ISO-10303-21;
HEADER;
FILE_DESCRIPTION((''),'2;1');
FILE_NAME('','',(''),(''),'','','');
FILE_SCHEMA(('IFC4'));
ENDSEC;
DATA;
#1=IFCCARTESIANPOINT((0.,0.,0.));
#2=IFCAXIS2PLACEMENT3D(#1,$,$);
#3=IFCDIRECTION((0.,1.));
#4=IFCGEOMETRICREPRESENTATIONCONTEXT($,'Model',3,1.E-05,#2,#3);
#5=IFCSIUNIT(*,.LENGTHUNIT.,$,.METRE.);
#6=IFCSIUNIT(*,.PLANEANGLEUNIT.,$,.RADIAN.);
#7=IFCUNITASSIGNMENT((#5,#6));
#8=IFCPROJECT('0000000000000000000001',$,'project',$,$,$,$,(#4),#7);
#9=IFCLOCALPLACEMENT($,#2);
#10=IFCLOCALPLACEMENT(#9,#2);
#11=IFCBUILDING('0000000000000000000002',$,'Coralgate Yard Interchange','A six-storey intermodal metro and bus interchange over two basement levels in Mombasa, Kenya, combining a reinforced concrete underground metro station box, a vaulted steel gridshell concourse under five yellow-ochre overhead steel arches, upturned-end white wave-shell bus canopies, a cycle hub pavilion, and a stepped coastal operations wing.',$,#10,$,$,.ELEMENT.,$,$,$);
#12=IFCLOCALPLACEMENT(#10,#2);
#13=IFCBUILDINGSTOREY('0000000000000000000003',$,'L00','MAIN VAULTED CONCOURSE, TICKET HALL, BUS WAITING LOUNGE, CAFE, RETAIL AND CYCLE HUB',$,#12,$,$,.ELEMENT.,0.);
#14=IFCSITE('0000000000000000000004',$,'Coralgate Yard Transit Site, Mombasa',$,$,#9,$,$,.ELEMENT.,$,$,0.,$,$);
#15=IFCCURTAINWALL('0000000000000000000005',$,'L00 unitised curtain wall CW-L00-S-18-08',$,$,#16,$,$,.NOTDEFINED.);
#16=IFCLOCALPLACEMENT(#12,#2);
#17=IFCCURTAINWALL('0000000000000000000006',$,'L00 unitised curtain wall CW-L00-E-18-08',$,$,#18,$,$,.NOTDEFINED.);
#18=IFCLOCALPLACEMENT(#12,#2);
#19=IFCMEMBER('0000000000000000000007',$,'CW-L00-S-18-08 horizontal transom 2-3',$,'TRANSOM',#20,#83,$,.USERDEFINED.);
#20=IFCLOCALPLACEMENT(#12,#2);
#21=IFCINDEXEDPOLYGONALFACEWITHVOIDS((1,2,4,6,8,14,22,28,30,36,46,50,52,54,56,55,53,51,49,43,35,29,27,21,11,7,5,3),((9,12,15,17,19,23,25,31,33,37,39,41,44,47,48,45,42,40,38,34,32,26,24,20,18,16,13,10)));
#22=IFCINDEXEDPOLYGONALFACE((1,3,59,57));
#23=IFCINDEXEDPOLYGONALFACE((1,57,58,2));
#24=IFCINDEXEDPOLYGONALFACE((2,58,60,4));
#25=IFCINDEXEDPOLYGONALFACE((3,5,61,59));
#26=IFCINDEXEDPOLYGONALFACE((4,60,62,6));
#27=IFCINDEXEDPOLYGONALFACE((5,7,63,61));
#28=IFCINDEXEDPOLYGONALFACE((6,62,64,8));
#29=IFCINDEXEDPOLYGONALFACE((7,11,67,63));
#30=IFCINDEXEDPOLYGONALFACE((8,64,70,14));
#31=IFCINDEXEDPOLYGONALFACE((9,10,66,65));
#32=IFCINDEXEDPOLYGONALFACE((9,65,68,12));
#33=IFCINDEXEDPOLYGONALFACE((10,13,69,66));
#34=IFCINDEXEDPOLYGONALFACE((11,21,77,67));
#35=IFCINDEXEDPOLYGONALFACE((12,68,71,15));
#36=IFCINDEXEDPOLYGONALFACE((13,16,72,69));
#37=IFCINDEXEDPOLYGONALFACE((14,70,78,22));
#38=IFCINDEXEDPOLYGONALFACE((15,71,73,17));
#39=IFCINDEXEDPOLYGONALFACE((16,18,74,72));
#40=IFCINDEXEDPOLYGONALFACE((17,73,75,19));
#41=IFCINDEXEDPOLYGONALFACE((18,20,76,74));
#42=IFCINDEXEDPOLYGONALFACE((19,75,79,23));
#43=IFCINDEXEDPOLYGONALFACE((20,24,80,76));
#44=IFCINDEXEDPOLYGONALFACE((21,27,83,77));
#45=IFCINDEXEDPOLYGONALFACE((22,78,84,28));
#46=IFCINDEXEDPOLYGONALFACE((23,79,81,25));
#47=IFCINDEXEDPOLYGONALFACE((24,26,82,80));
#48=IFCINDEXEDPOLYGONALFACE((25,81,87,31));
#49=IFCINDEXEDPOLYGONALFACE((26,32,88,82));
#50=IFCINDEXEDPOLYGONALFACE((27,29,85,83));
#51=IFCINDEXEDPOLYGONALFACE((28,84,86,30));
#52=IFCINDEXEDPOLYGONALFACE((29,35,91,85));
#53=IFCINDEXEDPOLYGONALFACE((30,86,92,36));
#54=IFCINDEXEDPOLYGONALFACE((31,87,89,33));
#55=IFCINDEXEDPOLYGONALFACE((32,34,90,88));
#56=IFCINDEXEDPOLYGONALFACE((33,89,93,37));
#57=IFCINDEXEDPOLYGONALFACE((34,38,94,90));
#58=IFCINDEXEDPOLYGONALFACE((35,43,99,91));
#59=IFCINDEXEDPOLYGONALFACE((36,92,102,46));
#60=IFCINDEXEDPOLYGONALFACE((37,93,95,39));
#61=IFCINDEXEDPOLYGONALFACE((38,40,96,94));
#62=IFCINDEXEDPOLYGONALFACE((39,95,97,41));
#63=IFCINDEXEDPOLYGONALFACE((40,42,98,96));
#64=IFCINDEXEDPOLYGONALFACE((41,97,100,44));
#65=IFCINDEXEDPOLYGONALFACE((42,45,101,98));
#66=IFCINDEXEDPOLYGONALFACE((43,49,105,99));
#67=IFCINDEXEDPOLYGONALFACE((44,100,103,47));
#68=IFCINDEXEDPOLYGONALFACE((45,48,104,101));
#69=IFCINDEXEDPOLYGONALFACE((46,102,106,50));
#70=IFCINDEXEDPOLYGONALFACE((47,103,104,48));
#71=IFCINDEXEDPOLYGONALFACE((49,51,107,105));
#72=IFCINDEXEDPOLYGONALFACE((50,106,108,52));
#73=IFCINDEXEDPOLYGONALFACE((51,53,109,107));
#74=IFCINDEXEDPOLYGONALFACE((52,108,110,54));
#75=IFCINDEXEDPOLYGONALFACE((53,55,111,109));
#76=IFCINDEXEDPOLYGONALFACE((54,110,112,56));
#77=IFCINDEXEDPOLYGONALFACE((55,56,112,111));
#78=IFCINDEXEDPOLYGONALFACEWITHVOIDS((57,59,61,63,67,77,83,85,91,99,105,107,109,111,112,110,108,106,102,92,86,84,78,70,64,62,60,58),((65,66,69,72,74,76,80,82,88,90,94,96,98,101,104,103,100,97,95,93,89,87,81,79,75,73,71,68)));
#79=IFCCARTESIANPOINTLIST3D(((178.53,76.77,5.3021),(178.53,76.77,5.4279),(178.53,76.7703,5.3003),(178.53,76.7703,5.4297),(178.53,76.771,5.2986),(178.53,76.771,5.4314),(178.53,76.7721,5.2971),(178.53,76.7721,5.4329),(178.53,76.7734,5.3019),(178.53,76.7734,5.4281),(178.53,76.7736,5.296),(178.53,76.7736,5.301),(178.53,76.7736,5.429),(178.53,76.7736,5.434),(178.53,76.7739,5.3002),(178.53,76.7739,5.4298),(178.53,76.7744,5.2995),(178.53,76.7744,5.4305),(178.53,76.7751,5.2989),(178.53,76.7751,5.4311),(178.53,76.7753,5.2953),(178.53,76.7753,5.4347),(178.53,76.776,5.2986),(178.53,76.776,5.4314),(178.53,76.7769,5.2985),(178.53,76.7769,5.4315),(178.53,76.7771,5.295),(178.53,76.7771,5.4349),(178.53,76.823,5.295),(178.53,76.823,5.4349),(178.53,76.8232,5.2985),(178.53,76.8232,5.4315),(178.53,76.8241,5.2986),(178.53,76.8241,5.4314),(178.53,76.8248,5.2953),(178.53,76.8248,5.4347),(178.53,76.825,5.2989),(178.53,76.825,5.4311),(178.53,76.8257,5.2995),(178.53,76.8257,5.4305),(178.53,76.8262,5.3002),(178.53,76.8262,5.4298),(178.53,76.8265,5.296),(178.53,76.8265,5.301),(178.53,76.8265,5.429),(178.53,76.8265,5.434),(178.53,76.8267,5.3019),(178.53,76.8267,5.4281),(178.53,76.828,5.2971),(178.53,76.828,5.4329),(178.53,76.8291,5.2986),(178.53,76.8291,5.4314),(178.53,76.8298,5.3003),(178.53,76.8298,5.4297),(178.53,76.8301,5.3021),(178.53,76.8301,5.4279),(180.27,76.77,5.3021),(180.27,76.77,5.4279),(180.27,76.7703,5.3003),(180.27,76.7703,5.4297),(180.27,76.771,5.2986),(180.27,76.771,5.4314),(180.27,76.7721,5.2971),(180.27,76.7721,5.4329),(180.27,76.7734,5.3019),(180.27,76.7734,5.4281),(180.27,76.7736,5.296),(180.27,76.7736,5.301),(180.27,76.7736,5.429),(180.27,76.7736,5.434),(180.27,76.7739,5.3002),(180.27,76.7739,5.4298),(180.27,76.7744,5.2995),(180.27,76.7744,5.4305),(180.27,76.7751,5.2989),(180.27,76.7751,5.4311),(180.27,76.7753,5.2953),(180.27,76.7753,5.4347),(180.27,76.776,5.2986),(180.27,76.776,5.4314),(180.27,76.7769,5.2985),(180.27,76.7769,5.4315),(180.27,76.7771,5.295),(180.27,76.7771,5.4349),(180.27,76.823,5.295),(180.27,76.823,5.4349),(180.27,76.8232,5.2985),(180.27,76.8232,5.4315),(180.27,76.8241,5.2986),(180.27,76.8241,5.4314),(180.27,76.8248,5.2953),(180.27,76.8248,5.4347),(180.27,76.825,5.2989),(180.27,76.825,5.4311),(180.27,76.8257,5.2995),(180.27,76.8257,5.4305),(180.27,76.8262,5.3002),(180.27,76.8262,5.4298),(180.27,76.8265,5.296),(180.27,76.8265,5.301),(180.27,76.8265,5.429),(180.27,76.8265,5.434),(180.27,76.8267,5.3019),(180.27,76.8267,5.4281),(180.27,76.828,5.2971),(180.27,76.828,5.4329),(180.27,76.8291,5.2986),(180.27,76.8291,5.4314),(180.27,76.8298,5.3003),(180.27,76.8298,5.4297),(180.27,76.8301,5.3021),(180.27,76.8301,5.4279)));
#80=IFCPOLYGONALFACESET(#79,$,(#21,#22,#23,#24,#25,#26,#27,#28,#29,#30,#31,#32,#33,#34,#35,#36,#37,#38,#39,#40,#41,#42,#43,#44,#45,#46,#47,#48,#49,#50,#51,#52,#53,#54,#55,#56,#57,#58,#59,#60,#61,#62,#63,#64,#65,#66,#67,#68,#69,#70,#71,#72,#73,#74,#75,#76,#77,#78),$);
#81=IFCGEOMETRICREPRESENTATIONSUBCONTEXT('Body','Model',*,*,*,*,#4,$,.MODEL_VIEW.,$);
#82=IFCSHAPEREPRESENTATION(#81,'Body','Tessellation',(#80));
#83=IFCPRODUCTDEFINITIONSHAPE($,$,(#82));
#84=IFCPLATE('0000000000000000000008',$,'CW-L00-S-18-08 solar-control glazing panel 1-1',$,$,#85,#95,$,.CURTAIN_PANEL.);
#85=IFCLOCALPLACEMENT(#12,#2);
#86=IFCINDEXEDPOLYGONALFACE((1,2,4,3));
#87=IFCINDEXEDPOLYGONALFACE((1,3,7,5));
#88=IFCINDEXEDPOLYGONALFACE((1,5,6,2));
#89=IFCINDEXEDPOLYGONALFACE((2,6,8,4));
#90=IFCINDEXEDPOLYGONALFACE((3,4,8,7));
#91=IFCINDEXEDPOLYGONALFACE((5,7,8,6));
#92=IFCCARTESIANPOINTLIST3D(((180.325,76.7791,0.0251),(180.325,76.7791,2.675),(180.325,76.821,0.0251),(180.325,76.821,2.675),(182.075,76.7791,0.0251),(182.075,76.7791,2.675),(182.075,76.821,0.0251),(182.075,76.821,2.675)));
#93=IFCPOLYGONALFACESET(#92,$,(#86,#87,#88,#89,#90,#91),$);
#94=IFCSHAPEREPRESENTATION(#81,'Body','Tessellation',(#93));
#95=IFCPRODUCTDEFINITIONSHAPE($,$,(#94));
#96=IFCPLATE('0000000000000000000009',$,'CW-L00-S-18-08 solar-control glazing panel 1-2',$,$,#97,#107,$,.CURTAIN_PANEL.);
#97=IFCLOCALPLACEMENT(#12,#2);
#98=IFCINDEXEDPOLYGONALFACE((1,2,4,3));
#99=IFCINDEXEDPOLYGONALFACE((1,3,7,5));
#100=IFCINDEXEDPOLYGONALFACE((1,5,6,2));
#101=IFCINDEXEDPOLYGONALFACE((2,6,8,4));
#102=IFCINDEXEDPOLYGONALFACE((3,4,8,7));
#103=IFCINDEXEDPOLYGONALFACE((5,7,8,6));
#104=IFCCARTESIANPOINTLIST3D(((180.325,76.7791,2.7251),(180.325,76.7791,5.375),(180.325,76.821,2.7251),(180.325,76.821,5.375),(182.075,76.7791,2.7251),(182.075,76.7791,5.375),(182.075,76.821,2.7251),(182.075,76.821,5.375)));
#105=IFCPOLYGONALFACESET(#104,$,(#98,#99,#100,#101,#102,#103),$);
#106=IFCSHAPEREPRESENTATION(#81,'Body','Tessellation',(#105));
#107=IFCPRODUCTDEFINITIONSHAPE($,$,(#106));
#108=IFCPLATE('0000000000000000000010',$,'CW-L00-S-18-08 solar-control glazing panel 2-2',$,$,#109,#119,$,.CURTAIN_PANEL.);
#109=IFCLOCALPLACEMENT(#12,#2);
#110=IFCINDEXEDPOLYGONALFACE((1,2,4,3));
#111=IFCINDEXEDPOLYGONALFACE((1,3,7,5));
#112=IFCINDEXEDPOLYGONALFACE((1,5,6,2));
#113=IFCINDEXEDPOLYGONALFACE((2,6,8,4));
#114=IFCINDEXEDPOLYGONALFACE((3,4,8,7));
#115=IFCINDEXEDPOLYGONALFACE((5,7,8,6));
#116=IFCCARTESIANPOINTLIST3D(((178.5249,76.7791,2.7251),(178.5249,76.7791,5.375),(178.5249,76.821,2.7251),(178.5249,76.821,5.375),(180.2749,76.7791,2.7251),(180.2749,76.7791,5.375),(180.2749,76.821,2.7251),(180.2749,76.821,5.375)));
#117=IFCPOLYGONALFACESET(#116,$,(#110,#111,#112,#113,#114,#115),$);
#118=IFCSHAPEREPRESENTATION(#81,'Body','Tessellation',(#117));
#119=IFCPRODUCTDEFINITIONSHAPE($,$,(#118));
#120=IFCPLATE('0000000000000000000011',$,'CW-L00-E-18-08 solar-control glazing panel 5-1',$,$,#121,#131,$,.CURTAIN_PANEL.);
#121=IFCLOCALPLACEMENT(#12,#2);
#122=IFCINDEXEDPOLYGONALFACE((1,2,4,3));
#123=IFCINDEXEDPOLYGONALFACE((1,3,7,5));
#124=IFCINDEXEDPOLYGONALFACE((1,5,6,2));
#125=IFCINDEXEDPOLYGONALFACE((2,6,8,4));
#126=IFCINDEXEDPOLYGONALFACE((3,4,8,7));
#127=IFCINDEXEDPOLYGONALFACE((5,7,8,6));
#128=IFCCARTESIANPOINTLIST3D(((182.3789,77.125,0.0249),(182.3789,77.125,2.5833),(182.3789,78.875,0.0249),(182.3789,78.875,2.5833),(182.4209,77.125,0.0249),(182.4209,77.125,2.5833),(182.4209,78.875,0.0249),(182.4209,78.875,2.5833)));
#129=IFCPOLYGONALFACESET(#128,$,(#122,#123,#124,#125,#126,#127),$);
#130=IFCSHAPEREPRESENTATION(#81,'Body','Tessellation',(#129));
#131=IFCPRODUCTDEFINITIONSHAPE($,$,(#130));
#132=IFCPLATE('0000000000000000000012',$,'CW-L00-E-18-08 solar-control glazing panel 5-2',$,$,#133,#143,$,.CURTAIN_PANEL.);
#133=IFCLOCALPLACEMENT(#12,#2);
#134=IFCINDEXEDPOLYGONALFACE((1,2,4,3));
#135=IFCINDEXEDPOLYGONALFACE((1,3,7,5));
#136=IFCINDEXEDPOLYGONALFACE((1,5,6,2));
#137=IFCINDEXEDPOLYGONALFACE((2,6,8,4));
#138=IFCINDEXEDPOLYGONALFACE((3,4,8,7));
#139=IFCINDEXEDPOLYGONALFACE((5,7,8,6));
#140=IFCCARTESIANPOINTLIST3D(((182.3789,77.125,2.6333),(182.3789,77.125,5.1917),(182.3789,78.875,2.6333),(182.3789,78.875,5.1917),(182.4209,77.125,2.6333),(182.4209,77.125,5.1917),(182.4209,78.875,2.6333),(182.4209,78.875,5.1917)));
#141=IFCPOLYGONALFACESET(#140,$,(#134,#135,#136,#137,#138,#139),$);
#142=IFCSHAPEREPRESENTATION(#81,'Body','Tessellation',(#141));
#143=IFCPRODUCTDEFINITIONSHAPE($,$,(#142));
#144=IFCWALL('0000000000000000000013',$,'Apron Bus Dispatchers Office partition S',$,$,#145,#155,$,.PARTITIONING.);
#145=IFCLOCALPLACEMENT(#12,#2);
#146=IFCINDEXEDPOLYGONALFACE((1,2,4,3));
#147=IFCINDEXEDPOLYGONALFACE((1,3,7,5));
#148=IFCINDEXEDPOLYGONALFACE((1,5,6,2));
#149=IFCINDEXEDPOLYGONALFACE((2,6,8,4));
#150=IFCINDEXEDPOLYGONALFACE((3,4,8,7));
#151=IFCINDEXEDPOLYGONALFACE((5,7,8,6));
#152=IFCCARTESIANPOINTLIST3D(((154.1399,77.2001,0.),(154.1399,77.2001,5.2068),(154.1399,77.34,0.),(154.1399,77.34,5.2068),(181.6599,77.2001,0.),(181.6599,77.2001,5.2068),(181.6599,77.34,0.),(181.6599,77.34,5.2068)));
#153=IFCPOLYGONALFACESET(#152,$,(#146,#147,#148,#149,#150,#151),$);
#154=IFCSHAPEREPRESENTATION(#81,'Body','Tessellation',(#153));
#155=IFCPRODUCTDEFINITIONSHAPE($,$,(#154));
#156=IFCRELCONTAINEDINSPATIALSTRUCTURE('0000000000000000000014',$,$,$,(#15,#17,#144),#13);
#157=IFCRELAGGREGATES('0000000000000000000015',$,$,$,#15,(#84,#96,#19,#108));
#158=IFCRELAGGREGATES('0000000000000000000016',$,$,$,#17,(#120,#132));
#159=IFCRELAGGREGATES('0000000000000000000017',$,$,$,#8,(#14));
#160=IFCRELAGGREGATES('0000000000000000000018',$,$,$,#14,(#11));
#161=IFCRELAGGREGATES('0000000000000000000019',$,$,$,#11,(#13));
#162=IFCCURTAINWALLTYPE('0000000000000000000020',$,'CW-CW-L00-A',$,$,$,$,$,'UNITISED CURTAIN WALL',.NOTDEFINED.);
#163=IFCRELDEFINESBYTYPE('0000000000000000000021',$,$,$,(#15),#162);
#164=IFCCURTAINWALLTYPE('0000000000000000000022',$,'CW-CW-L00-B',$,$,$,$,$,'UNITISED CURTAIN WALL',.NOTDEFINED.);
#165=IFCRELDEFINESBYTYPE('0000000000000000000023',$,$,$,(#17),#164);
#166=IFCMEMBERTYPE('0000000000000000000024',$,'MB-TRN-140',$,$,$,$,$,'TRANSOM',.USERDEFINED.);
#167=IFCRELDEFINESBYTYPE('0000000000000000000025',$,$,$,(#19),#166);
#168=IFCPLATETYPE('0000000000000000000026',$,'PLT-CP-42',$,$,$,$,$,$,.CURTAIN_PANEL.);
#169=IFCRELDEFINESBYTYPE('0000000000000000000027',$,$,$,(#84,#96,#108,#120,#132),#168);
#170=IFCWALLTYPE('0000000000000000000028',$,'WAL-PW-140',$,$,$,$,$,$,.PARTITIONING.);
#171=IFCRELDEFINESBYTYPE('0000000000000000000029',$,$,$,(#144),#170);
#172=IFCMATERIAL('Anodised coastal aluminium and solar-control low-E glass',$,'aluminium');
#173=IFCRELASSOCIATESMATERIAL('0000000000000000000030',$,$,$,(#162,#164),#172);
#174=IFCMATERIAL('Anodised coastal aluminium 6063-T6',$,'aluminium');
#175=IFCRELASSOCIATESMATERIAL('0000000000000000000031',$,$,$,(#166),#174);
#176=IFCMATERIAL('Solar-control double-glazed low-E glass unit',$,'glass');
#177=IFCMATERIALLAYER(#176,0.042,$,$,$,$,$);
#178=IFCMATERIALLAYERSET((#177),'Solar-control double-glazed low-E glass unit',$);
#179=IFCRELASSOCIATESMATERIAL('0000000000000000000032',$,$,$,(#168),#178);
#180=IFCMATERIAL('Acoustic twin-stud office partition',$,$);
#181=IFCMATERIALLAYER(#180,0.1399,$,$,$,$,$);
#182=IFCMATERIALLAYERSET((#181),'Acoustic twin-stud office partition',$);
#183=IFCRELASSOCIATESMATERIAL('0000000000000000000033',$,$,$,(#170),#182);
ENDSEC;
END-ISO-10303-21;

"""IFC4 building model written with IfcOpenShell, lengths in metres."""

from ifc_helpers import new_model, si_unit, direction, frame, frame_2d, origin, origin_2d, place, context, subcontext, project, spatial, rectangle, hollow_rectangle, extrude, material, layer, layer_set, material_profile, profile_set, type_object, element, aggregate, save


model = new_model("IFC4")

# Units and contexts
model_context = context("Model", 3, precision=1e-05, world=origin(), true_north=direction((0.0, 1.0)))
body_context = subcontext(model_context, "Body", "Model", "MODEL_VIEW")
ifc_project = project(units=[si_unit("LENGTHUNIT", "METRE"), si_unit("PLANEANGLEUNIT", "RADIAN")], contexts=[model_context])

# Site, building, storey
site_placement = place(None, origin())
site = spatial("IfcSite", under=ifc_project, at=site_placement, Name="Coralgate Yard Transit Site, Mombasa", CompositionType="ELEMENT", RefElevation=0.0)
building_placement = place(site_placement, origin())
building = spatial("IfcBuilding", under=site, at=building_placement, Name="Coralgate Yard Interchange", Description="A six-storey intermodal metro and bus interchange over two basement levels in Mombasa, Kenya, combining a reinforced concrete underground metro station box, a vaulted steel gridshell concourse under five yellow-ochre overhead steel arches, upturned-end white wave-shell bus canopies, a cycle hub pavilion, and a stepped coastal operations wing.", CompositionType="ELEMENT")
storey_placement = place(building_placement, origin())
storey = spatial("IfcBuildingStorey", under=building, at=storey_placement, Name="L00", Description="MAIN VAULTED CONCOURSE, TICKET HALL, BUS WAITING LOUNGE, CAFE, RETAIL AND CYCLE HUB", CompositionType="ELEMENT", Elevation=0.0)

# Curtain wall
ifc_material_1 = material(Name="Anodised coastal aluminium and solar-control low-E glass", Category="aluminium")
curtain_wall_type_1 = type_object("IfcCurtainWallType", Name="CW-CW-L00-A", ElementType="UNITISED CURTAIN WALL", PredefinedType="NOTDEFINED", material=ifc_material_1)
curtain_wall_1_placement = place(storey_placement, origin())
curtain_wall_1 = element("IfcCurtainWall", 1, at=curtain_wall_1_placement, inside=storey, type_object=curtain_wall_type_1, Name="L00 unitised curtain wall CW-L00-S-18-08", PredefinedType="NOTDEFINED")
ifc_material_2 = material(Name="Anodised coastal aluminium 6063-T6", Category="aluminium")

# Curtain wall
curtain_wall_type_2 = type_object("IfcCurtainWallType", Name="CW-CW-L00-B", ElementType="UNITISED CURTAIN WALL", PredefinedType="NOTDEFINED", material=ifc_material_1)
curtain_wall_2_placement = place(storey_placement, origin())
curtain_wall_2 = element("IfcCurtainWall", 2, at=curtain_wall_2_placement, inside=storey, type_object=curtain_wall_type_2, Name="L00 unitised curtain wall CW-L00-E-18-08", PredefinedType="NOTDEFINED")

# Member
ifc_material_profile_1 = material_profile(ifc_material_2, hollow_rectangle(XDim=0.0601, YDim=0.1399, WallThickness=0.0034, InnerFilletRadius=0.0034, OuterFilletRadius=0.0071, at=origin_2d()), Name="ALU 60x140x3.5")
ifc_profile_set_1 = profile_set([ifc_material_profile_1], Name="Anodised coastal aluminium 6063-T6")
member_type_1 = type_object("IfcMemberType", Name="MB-TRN-140", ElementType="TRANSOM", PredefinedType="USERDEFINED", material=ifc_profile_set_1)
member_1_placement = place(storey_placement, frame((180.27, 76.8, 5.365), z_axis=(-1.0, 0.0, 0.0), x_axis=(0.0, -1.0, 0.0)))
member_1 = element("IfcMember", 3, at=member_1_placement, type_object=member_type_1, Name="CW-L00-S-18-08 horizontal transom 2-3", ObjectType="TRANSOM", PredefinedType="USERDEFINED", context=body_context, shape_type="SweptSolid", body=[
    extrude(hollow_rectangle(XDim=0.0601, YDim=0.1399, WallThickness=0.0034, InnerFilletRadius=0.0034, OuterFilletRadius=0.0071, at=origin_2d()), origin(), (0.0, 0.0, 1.0), 1.74),
])

# Plates
ifc_material_3 = material(Name="Solar-control double-glazed low-E glass unit", Category="glass")
ifc_layer_1 = layer(ifc_material_3, 0.042)
ifc_layer_set_1 = layer_set([ifc_layer_1], Name="Solar-control double-glazed low-E glass unit")
plate_type = type_object("IfcPlateType", Name="PLT-CP-42", PredefinedType="CURTAIN_PANEL", material=ifc_layer_set_1)
plate_1_placement = place(storey_placement, frame((181.2, 76.8, 0.0251), z_axis=(0.0, 0.0, 1.0), x_axis=(-1.0, 0.0, 0.0)))
plate_1 = element("IfcPlate", 4, at=plate_1_placement, type_object=plate_type, Name="CW-L00-S-18-08 solar-control glazing panel 1-1", PredefinedType="CURTAIN_PANEL", context=body_context, shape_type="SweptSolid", body=[
    extrude(rectangle(XDim=1.75, YDim=0.042, at=origin_2d()), origin(), (0.0, 0.0, 1.0), 2.6499),
])
plate_2_placement = place(storey_placement, frame((181.2, 76.8, 2.7251), z_axis=(0.0, 0.0, 1.0), x_axis=(-1.0, 0.0, 0.0)))
plate_2 = element("IfcPlate", 5, at=plate_2_placement, type_object=plate_type, Name="CW-L00-S-18-08 solar-control glazing panel 1-2", PredefinedType="CURTAIN_PANEL", context=body_context, shape_type="SweptSolid", body=[
    extrude(rectangle(XDim=1.75, YDim=0.042, at=origin_2d()), origin(), (0.0, 0.0, 1.0), 2.6499),
])
plate_3_placement = place(storey_placement, frame((179.3999, 76.8, 2.7251), z_axis=(0.0, 0.0, 1.0), x_axis=(-1.0, 0.0, 0.0)))
plate_3 = element("IfcPlate", 6, at=plate_3_placement, type_object=plate_type, Name="CW-L00-S-18-08 solar-control glazing panel 2-2", PredefinedType="CURTAIN_PANEL", context=body_context, shape_type="SweptSolid", body=[
    extrude(rectangle(XDim=1.75, YDim=0.042, at=origin_2d()), origin(), (0.0, 0.0, 1.0), 2.6499),
])
aggregate(curtain_wall_1, [plate_1, plate_2, member_1, plate_3])
plate_4_placement = place(storey_placement, frame((182.3999, 78.0, 0.0249), z_axis=(0.0, 0.0, 1.0), x_axis=(0.0, -1.0, 0.0)))
plate_4 = element("IfcPlate", 7, at=plate_4_placement, type_object=plate_type, Name="CW-L00-E-18-08 solar-control glazing panel 5-1", PredefinedType="CURTAIN_PANEL", context=body_context, shape_type="SweptSolid", body=[
    extrude(rectangle(XDim=1.75, YDim=0.042, at=origin_2d()), origin(), (0.0, 0.0, 1.0), 2.5583),
])
plate_5_placement = place(storey_placement, frame((182.3999, 78.0, 2.6333), z_axis=(0.0, 0.0, 1.0), x_axis=(0.0, -1.0, 0.0)))
plate_5 = element("IfcPlate", 8, at=plate_5_placement, type_object=plate_type, Name="CW-L00-E-18-08 solar-control glazing panel 5-2", PredefinedType="CURTAIN_PANEL", context=body_context, shape_type="SweptSolid", body=[
    extrude(rectangle(XDim=1.75, YDim=0.042, at=origin_2d()), origin(), (0.0, 0.0, 1.0), 2.5583),
])
aggregate(curtain_wall_2, [plate_4, plate_5])

# Wall
ifc_material_4 = material(Name="Acoustic twin-stud office partition")
ifc_layer_2 = layer(ifc_material_4, 0.1399)
ifc_layer_set_2 = layer_set([ifc_layer_2], Name="Acoustic twin-stud office partition")
wall_type = type_object("IfcWallType", Name="WAL-PW-140", PredefinedType="PARTITIONING", material=ifc_layer_set_2)
wall_placement = place(storey_placement, frame((181.6599, 77.27, 0.0), z_axis=(0.0, 0.0, 1.0), x_axis=(-1.0, 0.0, 0.0)))
element("IfcWall", 9, at=wall_placement, inside=storey, type_object=wall_type, Name="Apron Bus Dispatchers Office partition S", PredefinedType="PARTITIONING", context=body_context, shape_type="SweptSolid", body=[
    extrude(rectangle(XDim=27.52, YDim=0.1399, at=frame_2d((13.76, 0.0))), origin(), (0.0, 0.0, 1.0), 5.2068),
])

save(model, "model.ifc")
